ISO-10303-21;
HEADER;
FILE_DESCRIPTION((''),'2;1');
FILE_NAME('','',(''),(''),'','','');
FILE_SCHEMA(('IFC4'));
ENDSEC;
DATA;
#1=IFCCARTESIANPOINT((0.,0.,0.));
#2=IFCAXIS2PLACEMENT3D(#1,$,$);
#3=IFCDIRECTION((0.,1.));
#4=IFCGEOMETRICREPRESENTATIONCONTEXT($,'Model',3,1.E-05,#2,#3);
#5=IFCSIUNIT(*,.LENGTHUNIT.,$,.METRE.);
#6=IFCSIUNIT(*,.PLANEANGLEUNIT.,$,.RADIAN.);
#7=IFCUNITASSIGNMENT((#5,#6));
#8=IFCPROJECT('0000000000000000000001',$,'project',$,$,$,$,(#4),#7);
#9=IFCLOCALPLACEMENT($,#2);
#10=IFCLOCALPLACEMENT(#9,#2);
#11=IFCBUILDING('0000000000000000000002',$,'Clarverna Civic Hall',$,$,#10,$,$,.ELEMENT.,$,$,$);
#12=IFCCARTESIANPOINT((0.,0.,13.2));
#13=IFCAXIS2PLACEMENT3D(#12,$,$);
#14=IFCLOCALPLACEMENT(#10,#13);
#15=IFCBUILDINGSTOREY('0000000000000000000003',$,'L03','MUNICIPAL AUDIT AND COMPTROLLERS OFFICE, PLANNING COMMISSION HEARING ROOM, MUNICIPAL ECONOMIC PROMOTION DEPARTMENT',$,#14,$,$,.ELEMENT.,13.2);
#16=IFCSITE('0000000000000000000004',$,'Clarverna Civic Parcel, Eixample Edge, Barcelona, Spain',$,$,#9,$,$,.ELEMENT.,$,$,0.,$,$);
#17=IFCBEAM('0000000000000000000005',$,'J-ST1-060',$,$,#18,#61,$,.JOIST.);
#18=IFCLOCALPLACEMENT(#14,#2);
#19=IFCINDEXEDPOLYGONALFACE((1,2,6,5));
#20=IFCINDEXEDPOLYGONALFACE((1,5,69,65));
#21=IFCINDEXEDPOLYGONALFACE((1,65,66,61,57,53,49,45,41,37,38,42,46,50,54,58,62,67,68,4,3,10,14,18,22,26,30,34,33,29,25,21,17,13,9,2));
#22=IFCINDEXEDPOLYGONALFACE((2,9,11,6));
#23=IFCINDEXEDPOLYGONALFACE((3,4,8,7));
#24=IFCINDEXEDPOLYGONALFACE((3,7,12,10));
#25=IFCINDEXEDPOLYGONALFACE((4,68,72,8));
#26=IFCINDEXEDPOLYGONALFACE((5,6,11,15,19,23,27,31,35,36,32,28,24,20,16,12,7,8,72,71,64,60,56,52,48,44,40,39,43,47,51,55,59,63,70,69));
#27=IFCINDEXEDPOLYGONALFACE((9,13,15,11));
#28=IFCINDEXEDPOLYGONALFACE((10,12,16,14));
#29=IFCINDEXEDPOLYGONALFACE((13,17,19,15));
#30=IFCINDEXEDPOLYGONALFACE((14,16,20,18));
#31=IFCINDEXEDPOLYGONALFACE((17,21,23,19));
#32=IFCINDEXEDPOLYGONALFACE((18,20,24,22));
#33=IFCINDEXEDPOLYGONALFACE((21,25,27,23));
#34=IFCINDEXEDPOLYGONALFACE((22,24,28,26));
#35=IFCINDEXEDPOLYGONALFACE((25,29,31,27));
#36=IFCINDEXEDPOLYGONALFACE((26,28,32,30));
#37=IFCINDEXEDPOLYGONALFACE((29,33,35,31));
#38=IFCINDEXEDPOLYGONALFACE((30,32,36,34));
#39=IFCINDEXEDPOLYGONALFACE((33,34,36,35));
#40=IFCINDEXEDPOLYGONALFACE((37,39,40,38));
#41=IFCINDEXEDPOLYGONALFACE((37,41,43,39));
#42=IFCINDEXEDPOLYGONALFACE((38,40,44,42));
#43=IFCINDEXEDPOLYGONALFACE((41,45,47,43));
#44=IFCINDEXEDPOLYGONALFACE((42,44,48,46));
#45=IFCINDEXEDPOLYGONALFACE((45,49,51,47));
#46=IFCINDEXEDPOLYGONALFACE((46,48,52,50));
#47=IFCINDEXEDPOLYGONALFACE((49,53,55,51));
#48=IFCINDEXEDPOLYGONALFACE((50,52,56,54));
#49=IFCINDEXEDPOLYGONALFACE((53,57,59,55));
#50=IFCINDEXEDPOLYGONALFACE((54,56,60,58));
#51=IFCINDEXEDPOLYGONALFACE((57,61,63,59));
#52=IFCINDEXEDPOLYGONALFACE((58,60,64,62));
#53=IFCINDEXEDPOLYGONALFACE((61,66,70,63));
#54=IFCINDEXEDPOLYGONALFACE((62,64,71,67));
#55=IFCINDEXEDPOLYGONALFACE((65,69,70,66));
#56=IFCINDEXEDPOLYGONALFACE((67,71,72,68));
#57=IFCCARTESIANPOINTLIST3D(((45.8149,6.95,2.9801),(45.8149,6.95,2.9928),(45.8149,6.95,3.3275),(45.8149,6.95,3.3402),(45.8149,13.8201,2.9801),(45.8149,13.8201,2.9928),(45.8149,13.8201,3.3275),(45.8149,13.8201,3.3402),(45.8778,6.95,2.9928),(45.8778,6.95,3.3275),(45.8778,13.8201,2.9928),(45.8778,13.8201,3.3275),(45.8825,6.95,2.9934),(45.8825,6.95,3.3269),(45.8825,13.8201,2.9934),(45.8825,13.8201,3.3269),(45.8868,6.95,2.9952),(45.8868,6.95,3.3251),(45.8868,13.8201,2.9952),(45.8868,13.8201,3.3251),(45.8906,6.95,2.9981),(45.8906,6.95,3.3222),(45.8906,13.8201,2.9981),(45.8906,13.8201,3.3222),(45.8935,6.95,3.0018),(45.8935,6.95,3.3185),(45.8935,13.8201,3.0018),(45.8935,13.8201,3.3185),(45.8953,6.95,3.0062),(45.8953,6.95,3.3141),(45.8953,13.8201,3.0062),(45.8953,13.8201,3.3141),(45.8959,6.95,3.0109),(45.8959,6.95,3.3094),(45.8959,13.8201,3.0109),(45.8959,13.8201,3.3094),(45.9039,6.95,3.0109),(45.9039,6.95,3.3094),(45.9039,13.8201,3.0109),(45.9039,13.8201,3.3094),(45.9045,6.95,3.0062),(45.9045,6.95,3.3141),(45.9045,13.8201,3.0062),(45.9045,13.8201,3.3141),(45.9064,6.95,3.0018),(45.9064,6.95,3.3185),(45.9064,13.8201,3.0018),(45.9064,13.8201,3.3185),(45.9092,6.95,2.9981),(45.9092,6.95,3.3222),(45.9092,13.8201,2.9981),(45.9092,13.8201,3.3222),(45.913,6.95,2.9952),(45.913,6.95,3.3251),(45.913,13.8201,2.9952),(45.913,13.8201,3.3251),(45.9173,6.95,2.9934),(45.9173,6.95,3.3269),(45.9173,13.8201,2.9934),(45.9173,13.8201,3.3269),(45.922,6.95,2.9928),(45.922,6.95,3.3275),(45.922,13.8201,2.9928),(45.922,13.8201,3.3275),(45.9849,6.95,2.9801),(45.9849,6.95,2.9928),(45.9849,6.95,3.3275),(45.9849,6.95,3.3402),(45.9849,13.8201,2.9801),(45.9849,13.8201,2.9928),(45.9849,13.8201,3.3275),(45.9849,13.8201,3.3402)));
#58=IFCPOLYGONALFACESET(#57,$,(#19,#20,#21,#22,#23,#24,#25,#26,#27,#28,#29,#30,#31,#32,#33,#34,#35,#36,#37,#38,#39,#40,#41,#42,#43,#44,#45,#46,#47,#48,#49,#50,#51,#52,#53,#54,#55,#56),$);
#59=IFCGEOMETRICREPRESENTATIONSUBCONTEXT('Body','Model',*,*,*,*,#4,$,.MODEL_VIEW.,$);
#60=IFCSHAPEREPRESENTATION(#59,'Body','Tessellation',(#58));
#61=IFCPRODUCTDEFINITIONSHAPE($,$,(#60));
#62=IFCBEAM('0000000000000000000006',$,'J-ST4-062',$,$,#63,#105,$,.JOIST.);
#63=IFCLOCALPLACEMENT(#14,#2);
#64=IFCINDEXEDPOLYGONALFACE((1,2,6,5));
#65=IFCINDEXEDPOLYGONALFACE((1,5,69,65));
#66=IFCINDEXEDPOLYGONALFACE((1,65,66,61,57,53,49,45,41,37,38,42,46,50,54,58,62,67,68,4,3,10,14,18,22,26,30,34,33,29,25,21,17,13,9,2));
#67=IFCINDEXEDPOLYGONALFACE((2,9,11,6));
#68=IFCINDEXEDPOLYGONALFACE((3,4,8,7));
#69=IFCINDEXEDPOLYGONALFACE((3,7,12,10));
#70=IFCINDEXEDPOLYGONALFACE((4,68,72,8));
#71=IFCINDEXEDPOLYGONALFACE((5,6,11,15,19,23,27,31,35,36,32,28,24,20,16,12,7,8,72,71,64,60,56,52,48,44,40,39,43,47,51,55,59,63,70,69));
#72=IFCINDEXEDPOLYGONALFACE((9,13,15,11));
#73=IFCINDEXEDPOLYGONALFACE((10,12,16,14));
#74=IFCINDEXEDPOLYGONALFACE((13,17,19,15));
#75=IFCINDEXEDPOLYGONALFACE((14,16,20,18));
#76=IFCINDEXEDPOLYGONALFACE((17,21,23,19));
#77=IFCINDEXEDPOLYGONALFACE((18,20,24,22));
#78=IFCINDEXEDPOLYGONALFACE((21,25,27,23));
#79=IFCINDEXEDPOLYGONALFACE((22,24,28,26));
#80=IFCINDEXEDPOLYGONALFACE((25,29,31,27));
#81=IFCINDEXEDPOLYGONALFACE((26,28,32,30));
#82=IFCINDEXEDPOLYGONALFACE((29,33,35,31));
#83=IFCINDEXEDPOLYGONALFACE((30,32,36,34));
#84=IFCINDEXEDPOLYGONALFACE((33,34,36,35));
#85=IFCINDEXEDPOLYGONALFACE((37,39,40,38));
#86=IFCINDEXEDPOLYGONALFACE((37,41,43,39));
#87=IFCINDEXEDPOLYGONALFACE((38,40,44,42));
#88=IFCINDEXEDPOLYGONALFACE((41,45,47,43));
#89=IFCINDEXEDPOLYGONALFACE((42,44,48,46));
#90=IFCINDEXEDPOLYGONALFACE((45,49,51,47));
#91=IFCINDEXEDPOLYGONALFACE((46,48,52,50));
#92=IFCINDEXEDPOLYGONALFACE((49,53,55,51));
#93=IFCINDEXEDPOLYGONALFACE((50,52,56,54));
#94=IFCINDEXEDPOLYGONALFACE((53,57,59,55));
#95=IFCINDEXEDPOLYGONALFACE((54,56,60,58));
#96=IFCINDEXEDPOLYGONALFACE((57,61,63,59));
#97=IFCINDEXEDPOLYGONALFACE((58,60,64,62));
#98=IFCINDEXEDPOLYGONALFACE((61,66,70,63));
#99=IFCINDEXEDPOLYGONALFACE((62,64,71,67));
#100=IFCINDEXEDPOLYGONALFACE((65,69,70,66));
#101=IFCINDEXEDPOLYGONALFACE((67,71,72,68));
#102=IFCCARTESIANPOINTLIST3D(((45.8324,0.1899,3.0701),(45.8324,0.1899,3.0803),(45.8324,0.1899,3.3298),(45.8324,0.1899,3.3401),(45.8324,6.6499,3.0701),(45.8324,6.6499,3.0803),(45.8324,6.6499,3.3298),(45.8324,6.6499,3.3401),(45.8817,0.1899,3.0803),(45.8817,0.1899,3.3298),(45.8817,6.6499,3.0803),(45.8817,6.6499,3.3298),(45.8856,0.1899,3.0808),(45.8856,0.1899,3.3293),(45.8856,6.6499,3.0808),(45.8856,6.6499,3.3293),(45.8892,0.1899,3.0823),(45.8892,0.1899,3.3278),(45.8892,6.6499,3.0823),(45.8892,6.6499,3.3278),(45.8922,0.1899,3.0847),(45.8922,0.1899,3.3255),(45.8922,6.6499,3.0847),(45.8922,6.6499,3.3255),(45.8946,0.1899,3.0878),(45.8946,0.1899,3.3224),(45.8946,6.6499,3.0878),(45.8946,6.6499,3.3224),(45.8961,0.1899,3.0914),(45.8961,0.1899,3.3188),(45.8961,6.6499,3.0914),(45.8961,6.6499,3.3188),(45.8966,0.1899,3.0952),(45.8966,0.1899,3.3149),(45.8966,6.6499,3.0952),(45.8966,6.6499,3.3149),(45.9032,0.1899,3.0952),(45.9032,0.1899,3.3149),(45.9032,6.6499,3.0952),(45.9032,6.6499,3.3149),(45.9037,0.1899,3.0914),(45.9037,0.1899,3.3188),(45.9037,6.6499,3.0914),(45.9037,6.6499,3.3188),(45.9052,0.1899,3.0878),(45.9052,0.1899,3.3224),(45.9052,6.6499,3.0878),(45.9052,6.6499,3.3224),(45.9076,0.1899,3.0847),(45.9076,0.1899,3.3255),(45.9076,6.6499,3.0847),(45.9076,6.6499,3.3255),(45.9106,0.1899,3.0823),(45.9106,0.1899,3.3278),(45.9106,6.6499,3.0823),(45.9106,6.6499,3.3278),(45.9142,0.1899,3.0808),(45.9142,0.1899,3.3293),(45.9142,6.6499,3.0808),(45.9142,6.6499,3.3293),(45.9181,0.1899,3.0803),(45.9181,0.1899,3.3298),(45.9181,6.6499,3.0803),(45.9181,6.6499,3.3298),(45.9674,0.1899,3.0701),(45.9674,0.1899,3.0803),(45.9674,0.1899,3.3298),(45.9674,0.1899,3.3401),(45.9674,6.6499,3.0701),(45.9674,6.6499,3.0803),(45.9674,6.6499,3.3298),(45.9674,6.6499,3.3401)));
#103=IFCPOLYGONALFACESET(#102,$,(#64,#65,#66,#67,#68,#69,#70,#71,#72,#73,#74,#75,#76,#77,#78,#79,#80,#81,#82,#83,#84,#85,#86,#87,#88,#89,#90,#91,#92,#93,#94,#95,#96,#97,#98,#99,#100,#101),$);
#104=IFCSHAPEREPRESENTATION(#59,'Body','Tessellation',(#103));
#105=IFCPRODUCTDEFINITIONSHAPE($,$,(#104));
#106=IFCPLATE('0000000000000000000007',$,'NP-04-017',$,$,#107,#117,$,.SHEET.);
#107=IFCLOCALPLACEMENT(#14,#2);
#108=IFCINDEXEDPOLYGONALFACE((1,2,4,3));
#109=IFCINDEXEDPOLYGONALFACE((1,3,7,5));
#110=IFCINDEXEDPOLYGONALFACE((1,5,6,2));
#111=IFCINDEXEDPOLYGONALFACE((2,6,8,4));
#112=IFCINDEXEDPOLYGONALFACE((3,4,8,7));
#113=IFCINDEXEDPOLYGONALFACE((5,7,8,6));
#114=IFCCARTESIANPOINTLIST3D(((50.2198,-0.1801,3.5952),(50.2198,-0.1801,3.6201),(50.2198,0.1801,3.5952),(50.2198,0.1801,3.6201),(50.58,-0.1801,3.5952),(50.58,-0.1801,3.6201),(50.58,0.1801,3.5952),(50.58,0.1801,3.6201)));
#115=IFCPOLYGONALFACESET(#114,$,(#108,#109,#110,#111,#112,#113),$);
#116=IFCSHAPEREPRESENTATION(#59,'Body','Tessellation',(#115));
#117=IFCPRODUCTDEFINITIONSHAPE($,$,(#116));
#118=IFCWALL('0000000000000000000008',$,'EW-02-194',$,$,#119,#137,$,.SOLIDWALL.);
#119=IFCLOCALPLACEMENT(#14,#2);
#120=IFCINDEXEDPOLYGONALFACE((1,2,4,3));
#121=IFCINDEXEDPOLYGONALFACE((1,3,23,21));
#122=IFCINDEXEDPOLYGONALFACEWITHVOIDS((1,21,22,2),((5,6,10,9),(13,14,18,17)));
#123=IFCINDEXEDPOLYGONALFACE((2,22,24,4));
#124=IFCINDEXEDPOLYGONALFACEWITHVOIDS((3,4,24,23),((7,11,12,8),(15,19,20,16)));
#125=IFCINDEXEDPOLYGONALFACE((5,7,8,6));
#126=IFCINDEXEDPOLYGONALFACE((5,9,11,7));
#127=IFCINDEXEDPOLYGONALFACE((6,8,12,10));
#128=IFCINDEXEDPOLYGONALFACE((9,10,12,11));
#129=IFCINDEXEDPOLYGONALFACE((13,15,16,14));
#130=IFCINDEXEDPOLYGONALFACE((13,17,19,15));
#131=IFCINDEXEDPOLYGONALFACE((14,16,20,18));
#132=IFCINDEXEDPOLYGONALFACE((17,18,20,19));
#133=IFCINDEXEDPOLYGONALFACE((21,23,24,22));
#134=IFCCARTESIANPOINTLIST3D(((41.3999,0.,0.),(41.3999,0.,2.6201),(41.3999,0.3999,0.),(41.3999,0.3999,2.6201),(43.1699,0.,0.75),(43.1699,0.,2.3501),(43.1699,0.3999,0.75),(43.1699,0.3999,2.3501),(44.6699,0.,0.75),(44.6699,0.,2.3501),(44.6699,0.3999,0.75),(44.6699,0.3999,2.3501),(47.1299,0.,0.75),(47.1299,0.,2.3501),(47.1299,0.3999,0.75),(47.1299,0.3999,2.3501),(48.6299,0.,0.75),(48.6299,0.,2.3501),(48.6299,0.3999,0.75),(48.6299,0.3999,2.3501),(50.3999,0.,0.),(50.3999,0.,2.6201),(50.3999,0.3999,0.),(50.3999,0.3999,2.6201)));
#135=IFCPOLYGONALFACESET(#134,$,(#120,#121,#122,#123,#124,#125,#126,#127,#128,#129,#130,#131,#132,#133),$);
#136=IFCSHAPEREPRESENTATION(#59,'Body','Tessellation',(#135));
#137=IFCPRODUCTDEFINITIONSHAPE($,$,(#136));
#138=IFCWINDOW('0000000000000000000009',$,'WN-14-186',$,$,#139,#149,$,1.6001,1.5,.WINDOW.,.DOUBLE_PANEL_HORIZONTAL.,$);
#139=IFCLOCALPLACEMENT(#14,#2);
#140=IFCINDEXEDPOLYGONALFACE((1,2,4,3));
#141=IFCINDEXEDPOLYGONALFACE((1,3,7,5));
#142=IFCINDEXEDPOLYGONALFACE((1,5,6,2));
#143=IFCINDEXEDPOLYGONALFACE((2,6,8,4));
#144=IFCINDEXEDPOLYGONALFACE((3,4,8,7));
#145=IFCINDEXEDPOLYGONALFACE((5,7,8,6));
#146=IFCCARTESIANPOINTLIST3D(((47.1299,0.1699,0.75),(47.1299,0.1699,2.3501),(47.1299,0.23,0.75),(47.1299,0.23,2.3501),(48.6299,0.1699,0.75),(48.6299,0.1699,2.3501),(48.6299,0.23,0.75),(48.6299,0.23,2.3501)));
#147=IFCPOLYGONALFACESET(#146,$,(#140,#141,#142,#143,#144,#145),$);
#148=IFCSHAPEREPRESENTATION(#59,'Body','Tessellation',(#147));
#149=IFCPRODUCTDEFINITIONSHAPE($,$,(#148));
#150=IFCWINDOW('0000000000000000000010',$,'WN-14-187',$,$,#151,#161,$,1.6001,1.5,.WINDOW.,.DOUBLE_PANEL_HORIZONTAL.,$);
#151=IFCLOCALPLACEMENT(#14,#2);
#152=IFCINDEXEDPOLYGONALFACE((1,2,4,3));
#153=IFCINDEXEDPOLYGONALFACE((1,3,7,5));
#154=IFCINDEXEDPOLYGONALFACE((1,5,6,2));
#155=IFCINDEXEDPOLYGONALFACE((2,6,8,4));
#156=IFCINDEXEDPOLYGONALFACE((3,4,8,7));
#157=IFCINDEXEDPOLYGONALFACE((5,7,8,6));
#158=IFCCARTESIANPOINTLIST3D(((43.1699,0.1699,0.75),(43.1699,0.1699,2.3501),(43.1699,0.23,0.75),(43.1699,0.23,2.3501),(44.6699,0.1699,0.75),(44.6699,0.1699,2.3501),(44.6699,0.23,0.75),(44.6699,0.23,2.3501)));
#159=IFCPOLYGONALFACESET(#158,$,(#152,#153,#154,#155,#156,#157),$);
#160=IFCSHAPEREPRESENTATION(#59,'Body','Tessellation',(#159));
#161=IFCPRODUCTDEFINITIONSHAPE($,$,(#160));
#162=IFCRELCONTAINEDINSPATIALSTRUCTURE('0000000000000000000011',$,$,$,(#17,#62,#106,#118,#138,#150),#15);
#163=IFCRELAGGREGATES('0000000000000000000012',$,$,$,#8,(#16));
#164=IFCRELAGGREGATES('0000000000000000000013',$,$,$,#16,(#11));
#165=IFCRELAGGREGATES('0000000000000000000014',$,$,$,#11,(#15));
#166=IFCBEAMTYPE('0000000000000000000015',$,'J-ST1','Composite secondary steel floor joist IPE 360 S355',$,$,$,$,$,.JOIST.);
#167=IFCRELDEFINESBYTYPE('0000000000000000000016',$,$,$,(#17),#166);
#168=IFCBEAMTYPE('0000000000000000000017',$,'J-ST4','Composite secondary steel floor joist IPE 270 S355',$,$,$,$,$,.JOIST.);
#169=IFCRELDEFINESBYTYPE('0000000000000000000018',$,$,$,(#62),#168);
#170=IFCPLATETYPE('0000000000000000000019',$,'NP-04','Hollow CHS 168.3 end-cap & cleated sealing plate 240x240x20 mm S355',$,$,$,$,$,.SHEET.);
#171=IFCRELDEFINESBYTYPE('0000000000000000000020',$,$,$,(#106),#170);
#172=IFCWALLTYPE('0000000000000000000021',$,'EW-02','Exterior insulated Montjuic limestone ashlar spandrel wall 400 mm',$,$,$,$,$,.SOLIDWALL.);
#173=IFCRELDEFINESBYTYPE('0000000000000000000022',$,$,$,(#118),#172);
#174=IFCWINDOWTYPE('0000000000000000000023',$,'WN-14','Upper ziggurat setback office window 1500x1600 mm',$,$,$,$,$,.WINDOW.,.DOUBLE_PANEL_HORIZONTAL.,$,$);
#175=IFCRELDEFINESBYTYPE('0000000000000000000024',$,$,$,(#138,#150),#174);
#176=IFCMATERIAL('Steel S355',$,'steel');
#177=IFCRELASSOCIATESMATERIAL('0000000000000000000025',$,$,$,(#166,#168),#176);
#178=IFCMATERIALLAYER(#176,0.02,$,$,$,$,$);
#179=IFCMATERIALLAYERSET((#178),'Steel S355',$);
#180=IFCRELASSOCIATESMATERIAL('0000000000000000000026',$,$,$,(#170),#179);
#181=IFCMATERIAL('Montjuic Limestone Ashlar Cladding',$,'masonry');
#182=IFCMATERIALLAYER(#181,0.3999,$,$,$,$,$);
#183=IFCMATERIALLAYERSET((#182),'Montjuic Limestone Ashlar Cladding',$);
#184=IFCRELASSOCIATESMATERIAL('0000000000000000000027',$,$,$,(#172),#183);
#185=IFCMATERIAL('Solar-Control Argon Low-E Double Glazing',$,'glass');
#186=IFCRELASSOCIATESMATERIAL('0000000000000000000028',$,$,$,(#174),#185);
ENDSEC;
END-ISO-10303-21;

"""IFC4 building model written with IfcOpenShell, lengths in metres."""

from ifc_helpers import new_model, si_unit, direction, frame, frame_2d, origin, origin_2d, place, context, subcontext, project, spatial, rectangle, i_section, extrude, material, layer, layer_set, material_profile, profile_set, type_object, element, fill, save


model = new_model("IFC4")

# Units and contexts
model_context = context("Model", 3, precision=1e-05, world=origin(), true_north=direction((0.0, 1.0)))
body_context = subcontext(model_context, "Body", "Model", "MODEL_VIEW")
ifc_project = project(units=[si_unit("LENGTHUNIT", "METRE"), si_unit("PLANEANGLEUNIT", "RADIAN")], contexts=[model_context])

# Site, building, storey
site_placement = place(None, origin())
site = spatial("IfcSite", under=ifc_project, at=site_placement, Name="Clarverna Civic Parcel, Eixample Edge, Barcelona, Spain", CompositionType="ELEMENT", RefElevation=0.0)
building_placement = place(site_placement, origin())
building = spatial("IfcBuilding", under=site, at=building_placement, Name="Clarverna Civic Hall", CompositionType="ELEMENT")
storey_placement = place(building_placement, frame((0.0, 0.0, 13.2)))
storey = spatial("IfcBuildingStorey", under=building, at=storey_placement, Name="L03", Description="MUNICIPAL AUDIT AND COMPTROLLERS OFFICE, PLANNING COMMISSION HEARING ROOM, MUNICIPAL ECONOMIC PROMOTION DEPARTMENT", CompositionType="ELEMENT", Elevation=13.2)

# Shared definitions
ifc_material_1 = material(Name="Steel S355", Category="steel")

# Beams
ifc_material_profile_1 = material_profile(ifc_material_1, i_section(OverallWidth=0.1699, OverallDepth=0.3601, WebThickness=0.0081, FlangeThickness=0.0127, FilletRadius=0.0181, at=origin_2d()), Name="IPE 360")
ifc_profile_set_1 = profile_set([ifc_material_profile_1], Name="Steel S355")
beam_type_1 = type_object("IfcBeamType", Name="J-ST1", Description="Composite secondary steel floor joist IPE 360 S355", PredefinedType="JOIST", material=ifc_profile_set_1)
beam_1_placement = place(storey_placement, frame((45.8999, 6.95, 3.1602), z_axis=(0.0, 1.0, 0.0), x_axis=(-1.0, 0.0, 0.0)))
element("IfcBeam", 1, at=beam_1_placement, inside=storey, type_object=beam_type_1, Name="J-ST1-060", PredefinedType="JOIST", context=body_context, shape_type="SweptSolid", body=[
    extrude(i_section(OverallWidth=0.1699, OverallDepth=0.3601, WebThickness=0.0081, FlangeThickness=0.0127, FilletRadius=0.0181, at=origin_2d()), origin(), (0.0, 0.0, 1.0), 6.8701),
])
ifc_material_profile_2 = material_profile(ifc_material_1, i_section(OverallWidth=0.135, OverallDepth=0.27, WebThickness=0.0066, FlangeThickness=0.0103, FilletRadius=0.0149, at=origin_2d()), Name="IPE 270")
ifc_profile_set_2 = profile_set([ifc_material_profile_2], Name="Steel S355")
beam_type_2 = type_object("IfcBeamType", Name="J-ST4", Description="Composite secondary steel floor joist IPE 270 S355", PredefinedType="JOIST", material=ifc_profile_set_2)
beam_2_placement = place(storey_placement, frame((45.8999, 0.1899, 3.2051), z_axis=(0.0, 1.0, 0.0), x_axis=(-1.0, 0.0, 0.0)))
element("IfcBeam", 2, at=beam_2_placement, inside=storey, type_object=beam_type_2, Name="J-ST4-062", PredefinedType="JOIST", context=body_context, shape_type="SweptSolid", body=[
    extrude(i_section(OverallWidth=0.135, OverallDepth=0.27, WebThickness=0.0066, FlangeThickness=0.0103, FilletRadius=0.0149, at=origin_2d()), origin(), (0.0, 0.0, 1.0), 6.46),
])

# Plate
ifc_layer_1 = layer(ifc_material_1, 0.02)
ifc_layer_set_1 = layer_set([ifc_layer_1], Name="Steel S355")
plate_type = type_object("IfcPlateType", Name="NP-04", Description="Hollow CHS 168.3 end-cap & cleated sealing plate 240x240x20 mm S355", PredefinedType="SHEET", material=ifc_layer_set_1)
plate_placement = place(storey_placement, frame((50.3999, 0.0, 3.5952), z_axis=(0.0, 0.0, 1.0), x_axis=(1.0, 0.0, 0.0)))
element("IfcPlate", 3, at=plate_placement, inside=storey, type_object=plate_type, Name="NP-04-017", PredefinedType="SHEET", context=body_context, shape_type="SweptSolid", body=[
    extrude(rectangle(XDim=0.3601, YDim=0.3601, at=origin_2d()), origin(), (0.0, 0.0, 1.0), 0.0249),
])

# Wall, openings, windows
ifc_material_2 = material(Name="Montjuic Limestone Ashlar Cladding", Category="masonry")
ifc_layer_2 = layer(ifc_material_2, 0.3999)
ifc_layer_set_2 = layer_set([ifc_layer_2], Name="Montjuic Limestone Ashlar Cladding")
wall_type = type_object("IfcWallType", Name="EW-02", Description="Exterior insulated Montjuic limestone ashlar spandrel wall 400 mm", PredefinedType="SOLIDWALL", material=ifc_layer_set_2)
wall_1_placement = place(storey_placement, frame((50.3999, 0.2, 0.0), z_axis=(0.0, 0.0, 1.0), x_axis=(-1.0, 0.0, 0.0)))
wall_1 = element("IfcWall", 4, at=wall_1_placement, inside=storey, type_object=wall_type, Name="EW-02-194", PredefinedType="SOLIDWALL", context=body_context, shape_type="SweptSolid", body=[
    extrude(rectangle(XDim=9.0, YDim=0.3999, at=frame_2d((4.5, 0.0))), origin(), (0.0, 0.0, 1.0), 2.6201),
])
opening_1_placement = place(wall_1_placement, frame((1.77, 0.0, 0.75)))
opening_1 = element("IfcOpeningElement", 5, at=opening_1_placement, cuts=wall_1, PredefinedType="OPENING", context=body_context, shape_type="SweptSolid", body=[
    extrude(rectangle(XDim=1.5, YDim=1.6001, at=frame_2d((0.75, 0.8))), frame((0.0, 0.21, 0.0), z_axis=(0.0, -1.0, 0.0), x_axis=(1.0, 0.0, 0.0)), (0.0, 0.0, 1.0), 0.4199),
])
opening_2_placement = place(wall_1_placement, frame((5.73, 0.0, 0.75)))
opening_2 = element("IfcOpeningElement", 6, at=opening_2_placement, cuts=wall_1, PredefinedType="OPENING", context=body_context, shape_type="SweptSolid", body=[
    extrude(rectangle(XDim=1.5, YDim=1.6001, at=frame_2d((0.75, 0.8))), frame((0.0, 0.21, 0.0), z_axis=(0.0, -1.0, 0.0), x_axis=(1.0, 0.0, 0.0)), (0.0, 0.0, 1.0), 0.4199),
])
ifc_material_3 = material(Name="Solar-Control Argon Low-E Double Glazing", Category="glass")
window_type = type_object("IfcWindowType", Name="WN-14", Description="Upper ziggurat setback office window 1500x1600 mm", PartitioningType="DOUBLE_PANEL_HORIZONTAL", PredefinedType="WINDOW", material=ifc_material_3)
window_1_placement = place(opening_1_placement, origin())
window_1 = element("IfcWindow", 7, at=window_1_placement, inside=storey, type_object=window_type, Name="WN-14-186", OverallHeight=1.6001, OverallWidth=1.5, PartitioningType="DOUBLE_PANEL_HORIZONTAL", PredefinedType="WINDOW", context=body_context, shape_type="SweptSolid", body=[
    extrude(rectangle(XDim=1.5, YDim=1.6001, at=frame_2d((0.75, 0.8))), frame((0.0, 0.03, 0.0), z_axis=(0.0, -1.0, 0.0), x_axis=(1.0, 0.0, 0.0)), (0.0, 0.0, 1.0), 0.0601),
])
fill(opening_1, window_1)
window_2_placement = place(opening_2_placement, origin())
window_2 = element("IfcWindow", 8, at=window_2_placement, inside=storey, type_object=window_type, Name="WN-14-187", OverallHeight=1.6001, OverallWidth=1.5, PartitioningType="DOUBLE_PANEL_HORIZONTAL", PredefinedType="WINDOW", context=body_context, shape_type="SweptSolid", body=[
    extrude(rectangle(XDim=1.5, YDim=1.6001, at=frame_2d((0.75, 0.8))), frame((0.0, 0.03, 0.0), z_axis=(0.0, -1.0, 0.0), x_axis=(1.0, 0.0, 0.0)), (0.0, 0.0, 1.0), 0.0601),
])
fill(opening_2, window_2)

save(model, "model.ifc")
